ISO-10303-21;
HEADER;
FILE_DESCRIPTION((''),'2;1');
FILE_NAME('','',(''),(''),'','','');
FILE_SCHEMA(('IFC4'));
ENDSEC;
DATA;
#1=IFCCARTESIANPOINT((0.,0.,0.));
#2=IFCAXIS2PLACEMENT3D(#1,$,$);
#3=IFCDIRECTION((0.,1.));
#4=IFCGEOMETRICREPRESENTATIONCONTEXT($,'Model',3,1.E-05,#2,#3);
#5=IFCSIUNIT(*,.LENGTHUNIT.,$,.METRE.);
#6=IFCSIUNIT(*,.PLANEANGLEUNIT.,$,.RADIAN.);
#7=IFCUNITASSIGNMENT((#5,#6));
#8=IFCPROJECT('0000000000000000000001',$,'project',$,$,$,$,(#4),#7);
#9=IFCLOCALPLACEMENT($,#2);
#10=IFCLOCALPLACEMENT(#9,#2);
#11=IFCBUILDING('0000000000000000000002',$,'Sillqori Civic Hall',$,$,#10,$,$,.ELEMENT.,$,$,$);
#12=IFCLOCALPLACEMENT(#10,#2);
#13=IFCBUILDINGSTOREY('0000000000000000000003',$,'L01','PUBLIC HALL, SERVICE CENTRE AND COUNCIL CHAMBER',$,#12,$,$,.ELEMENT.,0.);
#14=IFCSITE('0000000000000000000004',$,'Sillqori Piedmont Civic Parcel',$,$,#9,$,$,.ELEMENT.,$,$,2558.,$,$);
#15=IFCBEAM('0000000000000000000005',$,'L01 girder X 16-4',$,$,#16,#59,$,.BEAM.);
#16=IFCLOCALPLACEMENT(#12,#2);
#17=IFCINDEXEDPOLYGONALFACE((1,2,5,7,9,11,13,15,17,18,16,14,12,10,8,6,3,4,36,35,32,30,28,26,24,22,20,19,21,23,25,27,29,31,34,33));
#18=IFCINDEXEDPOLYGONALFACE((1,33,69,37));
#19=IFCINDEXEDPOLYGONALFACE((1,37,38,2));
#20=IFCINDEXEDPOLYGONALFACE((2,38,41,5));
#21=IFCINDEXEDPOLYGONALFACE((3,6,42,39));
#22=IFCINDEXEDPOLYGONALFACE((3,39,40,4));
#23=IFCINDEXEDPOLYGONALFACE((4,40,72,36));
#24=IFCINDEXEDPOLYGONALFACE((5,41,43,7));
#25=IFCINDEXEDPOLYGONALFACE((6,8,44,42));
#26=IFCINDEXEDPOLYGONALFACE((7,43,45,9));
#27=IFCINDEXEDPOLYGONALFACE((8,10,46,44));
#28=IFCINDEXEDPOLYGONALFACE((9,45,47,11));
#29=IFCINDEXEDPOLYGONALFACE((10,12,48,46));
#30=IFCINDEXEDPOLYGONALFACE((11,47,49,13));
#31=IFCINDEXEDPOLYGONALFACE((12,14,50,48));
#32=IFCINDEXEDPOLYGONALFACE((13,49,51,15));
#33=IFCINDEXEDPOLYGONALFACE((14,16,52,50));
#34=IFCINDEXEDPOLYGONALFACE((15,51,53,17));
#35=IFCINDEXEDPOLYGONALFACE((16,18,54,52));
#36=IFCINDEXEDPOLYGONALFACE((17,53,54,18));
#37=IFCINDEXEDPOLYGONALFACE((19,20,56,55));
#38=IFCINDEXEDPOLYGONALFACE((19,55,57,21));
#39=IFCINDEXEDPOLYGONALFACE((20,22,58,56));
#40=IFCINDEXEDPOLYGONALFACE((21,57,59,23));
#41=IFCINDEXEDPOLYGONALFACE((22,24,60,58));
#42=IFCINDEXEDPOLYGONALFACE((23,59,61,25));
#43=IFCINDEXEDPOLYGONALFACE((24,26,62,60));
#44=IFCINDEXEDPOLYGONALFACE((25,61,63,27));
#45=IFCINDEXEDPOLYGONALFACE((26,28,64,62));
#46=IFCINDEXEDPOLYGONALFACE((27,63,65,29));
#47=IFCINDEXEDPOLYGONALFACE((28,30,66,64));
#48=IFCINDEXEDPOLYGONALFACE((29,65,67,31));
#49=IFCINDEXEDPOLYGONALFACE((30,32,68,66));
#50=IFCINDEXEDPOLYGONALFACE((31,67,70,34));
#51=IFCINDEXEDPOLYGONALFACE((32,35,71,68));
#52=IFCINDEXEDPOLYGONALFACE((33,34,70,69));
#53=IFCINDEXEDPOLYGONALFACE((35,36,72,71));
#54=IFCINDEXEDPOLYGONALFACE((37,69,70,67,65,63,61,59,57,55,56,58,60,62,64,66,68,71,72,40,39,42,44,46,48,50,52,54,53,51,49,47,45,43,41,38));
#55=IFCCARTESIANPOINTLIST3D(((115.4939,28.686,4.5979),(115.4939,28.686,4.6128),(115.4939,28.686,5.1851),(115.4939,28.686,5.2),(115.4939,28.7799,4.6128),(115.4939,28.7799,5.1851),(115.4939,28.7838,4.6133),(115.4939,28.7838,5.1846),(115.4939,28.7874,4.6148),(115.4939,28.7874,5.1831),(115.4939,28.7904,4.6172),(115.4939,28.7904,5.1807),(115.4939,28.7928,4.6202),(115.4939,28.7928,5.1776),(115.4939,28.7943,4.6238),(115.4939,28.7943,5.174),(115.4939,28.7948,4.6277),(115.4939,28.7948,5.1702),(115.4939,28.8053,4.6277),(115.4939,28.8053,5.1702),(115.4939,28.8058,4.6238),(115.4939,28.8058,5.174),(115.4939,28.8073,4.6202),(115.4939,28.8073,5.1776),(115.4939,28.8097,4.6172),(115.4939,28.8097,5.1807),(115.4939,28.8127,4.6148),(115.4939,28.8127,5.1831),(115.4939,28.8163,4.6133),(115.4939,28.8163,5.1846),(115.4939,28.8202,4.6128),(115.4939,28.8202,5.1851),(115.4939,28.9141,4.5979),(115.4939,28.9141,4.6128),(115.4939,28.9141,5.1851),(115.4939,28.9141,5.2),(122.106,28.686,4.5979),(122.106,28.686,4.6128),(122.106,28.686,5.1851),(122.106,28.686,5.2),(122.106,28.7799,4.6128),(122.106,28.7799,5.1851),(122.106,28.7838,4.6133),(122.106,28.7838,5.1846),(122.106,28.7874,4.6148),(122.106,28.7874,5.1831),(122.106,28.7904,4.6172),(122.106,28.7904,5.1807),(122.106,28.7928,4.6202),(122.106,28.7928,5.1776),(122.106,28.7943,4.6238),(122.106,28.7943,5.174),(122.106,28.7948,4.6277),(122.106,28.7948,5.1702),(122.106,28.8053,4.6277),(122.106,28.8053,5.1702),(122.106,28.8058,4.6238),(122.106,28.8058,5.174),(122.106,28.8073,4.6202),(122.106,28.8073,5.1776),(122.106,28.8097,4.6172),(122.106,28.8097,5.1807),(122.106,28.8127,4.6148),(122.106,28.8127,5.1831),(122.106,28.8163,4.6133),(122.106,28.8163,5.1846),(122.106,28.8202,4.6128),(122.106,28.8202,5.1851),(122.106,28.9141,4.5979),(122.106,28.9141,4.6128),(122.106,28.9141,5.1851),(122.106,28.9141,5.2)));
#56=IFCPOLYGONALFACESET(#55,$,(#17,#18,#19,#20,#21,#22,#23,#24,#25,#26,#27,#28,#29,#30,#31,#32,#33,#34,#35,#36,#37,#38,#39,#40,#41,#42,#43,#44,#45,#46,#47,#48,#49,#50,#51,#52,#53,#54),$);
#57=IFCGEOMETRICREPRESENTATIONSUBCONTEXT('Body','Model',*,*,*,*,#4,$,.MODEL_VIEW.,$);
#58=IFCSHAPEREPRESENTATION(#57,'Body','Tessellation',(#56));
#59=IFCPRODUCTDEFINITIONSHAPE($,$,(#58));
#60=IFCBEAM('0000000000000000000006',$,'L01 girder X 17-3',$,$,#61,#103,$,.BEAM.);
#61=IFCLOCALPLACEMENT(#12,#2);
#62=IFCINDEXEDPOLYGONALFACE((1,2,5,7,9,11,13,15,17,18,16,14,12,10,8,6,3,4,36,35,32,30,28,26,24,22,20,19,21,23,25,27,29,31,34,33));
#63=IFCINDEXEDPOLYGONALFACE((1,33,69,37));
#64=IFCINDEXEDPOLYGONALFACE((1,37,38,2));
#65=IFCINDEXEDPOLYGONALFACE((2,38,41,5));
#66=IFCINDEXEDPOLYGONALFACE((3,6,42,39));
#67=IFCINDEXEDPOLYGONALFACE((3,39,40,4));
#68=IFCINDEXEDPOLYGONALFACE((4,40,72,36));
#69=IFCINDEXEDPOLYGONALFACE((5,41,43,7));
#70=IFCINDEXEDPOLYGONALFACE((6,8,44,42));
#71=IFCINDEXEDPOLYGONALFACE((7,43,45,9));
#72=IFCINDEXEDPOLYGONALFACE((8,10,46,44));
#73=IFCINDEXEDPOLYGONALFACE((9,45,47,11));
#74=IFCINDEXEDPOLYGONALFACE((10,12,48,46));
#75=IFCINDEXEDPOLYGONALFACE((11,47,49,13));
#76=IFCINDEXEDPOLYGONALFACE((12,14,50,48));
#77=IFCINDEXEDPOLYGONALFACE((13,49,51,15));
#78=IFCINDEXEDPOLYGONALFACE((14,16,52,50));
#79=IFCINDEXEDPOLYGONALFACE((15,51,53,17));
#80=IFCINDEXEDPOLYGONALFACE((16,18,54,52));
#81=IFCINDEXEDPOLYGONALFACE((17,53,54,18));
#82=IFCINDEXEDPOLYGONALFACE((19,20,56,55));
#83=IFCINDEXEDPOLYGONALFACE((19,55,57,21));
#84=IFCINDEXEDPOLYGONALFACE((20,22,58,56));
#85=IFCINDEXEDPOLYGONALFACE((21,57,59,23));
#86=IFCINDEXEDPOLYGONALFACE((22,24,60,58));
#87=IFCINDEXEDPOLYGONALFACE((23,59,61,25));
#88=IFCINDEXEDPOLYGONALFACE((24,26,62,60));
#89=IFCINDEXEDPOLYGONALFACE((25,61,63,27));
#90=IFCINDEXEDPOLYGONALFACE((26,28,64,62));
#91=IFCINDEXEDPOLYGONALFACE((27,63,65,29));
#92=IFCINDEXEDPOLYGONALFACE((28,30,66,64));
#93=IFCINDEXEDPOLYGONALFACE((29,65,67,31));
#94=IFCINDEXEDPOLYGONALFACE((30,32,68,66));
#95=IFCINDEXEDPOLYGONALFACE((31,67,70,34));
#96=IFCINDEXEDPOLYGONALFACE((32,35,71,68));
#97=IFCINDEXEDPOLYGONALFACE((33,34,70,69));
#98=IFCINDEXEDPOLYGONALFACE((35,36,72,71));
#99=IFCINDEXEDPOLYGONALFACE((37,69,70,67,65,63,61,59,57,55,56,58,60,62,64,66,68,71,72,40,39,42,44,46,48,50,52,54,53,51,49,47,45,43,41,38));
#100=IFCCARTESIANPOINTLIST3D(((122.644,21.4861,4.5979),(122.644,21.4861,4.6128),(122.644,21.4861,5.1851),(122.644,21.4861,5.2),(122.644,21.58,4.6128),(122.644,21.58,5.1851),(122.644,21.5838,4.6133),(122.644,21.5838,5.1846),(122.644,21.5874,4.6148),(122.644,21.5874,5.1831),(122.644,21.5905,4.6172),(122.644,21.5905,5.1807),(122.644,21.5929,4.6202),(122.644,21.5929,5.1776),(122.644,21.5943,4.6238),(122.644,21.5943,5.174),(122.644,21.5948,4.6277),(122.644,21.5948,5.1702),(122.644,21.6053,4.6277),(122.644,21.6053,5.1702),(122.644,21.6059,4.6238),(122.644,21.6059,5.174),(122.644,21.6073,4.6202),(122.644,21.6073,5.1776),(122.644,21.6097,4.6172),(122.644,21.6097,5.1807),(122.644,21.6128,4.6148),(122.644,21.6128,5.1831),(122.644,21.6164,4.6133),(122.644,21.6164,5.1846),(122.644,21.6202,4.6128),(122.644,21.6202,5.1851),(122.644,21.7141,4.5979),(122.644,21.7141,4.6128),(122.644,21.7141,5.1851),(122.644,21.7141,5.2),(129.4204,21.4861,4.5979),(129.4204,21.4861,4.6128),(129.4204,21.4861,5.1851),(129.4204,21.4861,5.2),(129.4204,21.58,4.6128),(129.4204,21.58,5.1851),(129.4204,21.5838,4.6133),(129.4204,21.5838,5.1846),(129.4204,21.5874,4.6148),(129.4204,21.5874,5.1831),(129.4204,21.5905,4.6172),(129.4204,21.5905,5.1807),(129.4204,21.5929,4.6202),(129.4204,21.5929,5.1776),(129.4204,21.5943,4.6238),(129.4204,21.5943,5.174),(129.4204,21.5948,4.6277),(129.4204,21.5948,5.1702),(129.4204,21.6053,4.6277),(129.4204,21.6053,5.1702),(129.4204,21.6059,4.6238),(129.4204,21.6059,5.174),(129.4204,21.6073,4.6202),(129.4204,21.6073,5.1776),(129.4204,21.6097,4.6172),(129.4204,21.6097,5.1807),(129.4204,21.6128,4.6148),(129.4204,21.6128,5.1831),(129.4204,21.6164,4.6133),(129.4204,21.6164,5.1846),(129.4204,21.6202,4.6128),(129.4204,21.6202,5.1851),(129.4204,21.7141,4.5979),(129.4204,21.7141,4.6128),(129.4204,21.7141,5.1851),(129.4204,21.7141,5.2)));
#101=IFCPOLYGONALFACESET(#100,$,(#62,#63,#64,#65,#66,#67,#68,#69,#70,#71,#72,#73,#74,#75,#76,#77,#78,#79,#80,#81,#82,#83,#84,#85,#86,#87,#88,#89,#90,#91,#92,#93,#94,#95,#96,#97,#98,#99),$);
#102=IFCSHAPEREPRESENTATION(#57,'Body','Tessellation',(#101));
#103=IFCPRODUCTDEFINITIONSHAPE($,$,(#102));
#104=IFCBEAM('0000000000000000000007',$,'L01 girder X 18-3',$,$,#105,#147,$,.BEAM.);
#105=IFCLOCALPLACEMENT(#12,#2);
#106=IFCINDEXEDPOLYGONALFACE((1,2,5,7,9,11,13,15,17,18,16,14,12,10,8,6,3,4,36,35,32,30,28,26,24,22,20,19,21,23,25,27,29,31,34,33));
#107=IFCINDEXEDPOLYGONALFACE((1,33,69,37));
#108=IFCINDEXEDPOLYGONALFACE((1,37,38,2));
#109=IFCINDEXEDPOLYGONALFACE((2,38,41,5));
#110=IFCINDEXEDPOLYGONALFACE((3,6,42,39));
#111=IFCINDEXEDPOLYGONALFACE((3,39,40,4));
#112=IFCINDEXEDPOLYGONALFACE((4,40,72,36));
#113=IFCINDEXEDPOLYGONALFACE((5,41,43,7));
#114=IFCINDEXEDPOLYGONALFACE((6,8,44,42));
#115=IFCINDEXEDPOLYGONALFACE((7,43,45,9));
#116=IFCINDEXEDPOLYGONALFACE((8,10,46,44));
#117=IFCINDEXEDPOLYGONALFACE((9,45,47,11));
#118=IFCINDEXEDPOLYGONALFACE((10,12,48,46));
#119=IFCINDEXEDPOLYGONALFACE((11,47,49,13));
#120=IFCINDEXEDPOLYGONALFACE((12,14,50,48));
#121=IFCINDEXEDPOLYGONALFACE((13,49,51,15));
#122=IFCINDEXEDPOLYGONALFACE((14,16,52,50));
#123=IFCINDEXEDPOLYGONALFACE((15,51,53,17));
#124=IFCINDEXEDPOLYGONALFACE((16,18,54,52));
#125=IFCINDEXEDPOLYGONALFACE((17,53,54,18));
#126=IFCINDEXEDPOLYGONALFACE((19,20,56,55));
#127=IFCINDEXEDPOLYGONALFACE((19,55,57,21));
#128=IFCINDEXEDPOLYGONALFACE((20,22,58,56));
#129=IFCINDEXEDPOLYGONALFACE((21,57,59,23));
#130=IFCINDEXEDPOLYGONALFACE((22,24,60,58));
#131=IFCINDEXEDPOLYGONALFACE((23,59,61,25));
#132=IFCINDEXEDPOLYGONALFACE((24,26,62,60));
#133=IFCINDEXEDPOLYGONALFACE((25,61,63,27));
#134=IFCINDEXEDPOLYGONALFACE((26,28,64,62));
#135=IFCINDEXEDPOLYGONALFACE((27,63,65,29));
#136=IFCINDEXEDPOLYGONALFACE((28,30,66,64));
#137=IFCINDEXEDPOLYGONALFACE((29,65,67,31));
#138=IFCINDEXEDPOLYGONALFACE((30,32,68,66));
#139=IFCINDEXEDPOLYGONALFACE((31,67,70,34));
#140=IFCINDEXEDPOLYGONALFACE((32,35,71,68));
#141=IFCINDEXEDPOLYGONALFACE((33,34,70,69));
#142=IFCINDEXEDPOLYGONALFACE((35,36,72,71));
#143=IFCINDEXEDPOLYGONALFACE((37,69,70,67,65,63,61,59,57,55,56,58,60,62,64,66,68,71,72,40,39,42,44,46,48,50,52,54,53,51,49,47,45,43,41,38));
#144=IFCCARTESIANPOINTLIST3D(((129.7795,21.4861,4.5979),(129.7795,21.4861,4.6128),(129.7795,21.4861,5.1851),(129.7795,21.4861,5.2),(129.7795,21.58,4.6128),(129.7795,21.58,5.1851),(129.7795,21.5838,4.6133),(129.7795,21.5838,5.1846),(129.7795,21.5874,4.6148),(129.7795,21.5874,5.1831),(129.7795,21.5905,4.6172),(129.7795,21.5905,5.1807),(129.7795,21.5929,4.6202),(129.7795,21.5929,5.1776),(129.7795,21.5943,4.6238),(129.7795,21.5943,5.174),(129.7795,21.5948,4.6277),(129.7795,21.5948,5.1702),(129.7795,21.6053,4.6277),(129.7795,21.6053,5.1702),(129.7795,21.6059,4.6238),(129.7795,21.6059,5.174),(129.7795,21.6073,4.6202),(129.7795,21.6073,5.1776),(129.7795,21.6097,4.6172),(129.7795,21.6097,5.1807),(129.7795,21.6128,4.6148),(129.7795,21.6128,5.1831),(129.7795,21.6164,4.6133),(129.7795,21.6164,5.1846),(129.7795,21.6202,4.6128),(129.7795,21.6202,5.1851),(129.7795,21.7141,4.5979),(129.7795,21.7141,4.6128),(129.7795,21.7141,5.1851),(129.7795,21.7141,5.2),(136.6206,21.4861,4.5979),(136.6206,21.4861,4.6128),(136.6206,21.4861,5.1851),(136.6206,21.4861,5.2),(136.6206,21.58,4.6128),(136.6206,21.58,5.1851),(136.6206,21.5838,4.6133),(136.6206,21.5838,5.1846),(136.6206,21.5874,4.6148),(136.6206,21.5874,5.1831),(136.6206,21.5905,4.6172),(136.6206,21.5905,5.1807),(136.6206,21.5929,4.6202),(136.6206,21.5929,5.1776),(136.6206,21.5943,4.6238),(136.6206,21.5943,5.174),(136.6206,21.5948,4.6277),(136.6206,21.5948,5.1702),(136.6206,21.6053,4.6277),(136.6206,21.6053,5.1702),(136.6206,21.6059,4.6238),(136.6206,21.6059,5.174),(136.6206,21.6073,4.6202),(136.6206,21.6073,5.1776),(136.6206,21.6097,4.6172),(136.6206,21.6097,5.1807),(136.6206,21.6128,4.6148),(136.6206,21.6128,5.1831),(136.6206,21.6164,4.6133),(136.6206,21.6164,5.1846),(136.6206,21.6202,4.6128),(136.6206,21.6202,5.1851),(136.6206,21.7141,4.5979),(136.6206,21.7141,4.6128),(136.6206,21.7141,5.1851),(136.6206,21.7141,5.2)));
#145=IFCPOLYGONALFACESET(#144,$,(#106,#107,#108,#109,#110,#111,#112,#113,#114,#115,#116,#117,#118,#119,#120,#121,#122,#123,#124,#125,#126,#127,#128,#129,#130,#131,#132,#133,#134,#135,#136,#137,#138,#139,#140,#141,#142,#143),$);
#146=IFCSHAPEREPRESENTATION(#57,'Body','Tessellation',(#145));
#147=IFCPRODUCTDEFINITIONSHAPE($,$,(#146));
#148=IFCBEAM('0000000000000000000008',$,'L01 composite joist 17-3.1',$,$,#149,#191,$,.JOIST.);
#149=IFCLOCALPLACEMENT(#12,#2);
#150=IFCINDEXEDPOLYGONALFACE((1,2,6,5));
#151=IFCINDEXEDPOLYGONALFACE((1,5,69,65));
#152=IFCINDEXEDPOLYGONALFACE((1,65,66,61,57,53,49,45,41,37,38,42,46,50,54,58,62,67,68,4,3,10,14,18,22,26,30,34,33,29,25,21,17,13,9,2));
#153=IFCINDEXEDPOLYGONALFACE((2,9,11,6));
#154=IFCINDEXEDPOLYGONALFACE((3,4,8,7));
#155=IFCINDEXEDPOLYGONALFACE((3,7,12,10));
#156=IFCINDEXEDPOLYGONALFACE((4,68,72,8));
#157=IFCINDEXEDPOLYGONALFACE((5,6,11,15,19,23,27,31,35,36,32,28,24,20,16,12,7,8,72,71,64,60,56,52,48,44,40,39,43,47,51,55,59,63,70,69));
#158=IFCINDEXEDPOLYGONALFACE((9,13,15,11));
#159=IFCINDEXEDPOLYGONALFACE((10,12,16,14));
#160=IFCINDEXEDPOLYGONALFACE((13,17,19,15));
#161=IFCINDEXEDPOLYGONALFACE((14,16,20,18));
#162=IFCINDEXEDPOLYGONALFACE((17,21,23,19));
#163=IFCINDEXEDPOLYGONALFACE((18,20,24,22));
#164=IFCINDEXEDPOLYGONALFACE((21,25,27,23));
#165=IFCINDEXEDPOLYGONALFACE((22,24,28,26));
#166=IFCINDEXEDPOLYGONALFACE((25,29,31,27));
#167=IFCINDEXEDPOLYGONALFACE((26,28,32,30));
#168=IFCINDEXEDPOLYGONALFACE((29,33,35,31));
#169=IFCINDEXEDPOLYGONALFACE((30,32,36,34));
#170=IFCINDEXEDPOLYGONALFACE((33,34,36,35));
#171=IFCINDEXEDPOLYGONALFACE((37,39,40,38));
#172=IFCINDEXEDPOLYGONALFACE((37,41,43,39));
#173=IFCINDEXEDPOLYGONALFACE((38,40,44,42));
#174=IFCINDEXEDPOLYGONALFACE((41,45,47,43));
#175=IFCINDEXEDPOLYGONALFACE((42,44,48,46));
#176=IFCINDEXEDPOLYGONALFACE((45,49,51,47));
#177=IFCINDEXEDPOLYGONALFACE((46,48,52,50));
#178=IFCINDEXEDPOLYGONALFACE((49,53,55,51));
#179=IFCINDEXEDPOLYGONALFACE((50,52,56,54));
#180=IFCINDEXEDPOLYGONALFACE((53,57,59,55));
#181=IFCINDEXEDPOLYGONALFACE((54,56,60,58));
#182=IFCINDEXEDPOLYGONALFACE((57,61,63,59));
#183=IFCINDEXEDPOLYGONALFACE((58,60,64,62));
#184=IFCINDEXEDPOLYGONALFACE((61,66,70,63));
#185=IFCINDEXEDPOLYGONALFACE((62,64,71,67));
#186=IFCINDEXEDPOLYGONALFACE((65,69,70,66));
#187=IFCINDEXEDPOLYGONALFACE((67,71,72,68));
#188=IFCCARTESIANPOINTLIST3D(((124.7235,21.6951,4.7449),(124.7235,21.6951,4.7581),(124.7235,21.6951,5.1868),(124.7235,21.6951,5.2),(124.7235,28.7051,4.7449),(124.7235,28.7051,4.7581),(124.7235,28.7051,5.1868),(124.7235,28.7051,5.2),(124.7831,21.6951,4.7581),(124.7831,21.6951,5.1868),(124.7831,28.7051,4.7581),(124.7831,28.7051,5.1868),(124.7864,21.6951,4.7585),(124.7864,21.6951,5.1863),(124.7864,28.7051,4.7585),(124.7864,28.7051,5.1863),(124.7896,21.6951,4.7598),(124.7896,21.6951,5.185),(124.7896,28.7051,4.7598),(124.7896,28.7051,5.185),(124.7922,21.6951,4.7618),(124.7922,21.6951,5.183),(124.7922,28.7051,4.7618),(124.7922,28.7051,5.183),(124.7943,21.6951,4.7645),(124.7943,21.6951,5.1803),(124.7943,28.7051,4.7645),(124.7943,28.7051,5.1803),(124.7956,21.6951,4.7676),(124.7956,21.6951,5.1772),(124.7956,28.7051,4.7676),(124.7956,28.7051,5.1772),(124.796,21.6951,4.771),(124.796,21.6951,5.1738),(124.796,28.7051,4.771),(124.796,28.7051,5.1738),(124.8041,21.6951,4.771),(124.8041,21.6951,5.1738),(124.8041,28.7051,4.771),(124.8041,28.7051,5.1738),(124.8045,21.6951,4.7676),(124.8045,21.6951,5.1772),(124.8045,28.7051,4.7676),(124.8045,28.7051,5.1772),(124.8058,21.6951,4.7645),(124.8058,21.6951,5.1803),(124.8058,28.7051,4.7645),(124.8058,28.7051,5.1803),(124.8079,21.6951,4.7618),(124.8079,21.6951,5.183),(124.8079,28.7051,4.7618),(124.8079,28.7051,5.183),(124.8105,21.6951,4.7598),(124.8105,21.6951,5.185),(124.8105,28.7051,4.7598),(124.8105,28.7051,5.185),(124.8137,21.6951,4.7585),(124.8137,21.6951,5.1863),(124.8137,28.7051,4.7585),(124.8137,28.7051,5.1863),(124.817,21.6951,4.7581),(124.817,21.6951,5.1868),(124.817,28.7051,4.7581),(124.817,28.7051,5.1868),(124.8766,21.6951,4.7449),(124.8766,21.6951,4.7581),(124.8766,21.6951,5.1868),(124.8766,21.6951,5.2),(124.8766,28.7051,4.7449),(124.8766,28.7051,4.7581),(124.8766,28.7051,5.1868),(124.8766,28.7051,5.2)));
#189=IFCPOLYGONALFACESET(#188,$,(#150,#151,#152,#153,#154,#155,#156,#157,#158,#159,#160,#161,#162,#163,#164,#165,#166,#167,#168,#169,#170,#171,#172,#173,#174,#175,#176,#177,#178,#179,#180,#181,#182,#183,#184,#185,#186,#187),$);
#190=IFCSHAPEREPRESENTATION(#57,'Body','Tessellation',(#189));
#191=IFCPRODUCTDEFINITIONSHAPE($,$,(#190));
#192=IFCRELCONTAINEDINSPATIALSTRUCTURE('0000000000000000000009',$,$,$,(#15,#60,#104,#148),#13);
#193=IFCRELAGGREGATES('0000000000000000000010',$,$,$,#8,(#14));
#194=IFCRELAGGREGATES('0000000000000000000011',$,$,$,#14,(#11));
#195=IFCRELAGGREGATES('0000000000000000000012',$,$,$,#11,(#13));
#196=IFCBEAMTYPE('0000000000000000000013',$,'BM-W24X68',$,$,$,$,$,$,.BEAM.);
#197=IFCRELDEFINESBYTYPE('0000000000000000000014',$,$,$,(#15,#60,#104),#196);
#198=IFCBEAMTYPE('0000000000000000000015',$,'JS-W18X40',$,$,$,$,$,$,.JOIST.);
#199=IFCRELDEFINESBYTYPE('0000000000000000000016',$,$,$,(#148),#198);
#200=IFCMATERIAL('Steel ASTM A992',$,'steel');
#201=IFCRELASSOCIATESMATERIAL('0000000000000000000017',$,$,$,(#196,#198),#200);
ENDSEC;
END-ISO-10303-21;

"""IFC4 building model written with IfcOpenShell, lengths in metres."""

from ifc_helpers import new_model, si_unit, direction, frame, origin, origin_2d, place, context, subcontext, project, spatial, i_section, extrude, material, material_profile, profile_set, type_object, element, save


model = new_model("IFC4")

# Units and contexts
model_context = context("Model", 3, precision=1e-05, world=origin(), true_north=direction((0.0, 1.0)))
body_context = subcontext(model_context, "Body", "Model", "MODEL_VIEW")
ifc_project = project(units=[si_unit("LENGTHUNIT", "METRE"), si_unit("PLANEANGLEUNIT", "RADIAN")], contexts=[model_context])

# Site, building, storey
site_placement = place(None, origin())
site = spatial("IfcSite", under=ifc_project, at=site_placement, Name="Sillqori Piedmont Civic Parcel", CompositionType="ELEMENT", RefElevation=2558.0)
building_placement = place(site_placement, origin())
building = spatial("IfcBuilding", under=site, at=building_placement, Name="Sillqori Civic Hall", CompositionType="ELEMENT")
storey_placement = place(building_placement, origin())
storey = spatial("IfcBuildingStorey", under=building, at=storey_placement, Name="L01", Description="PUBLIC HALL, SERVICE CENTRE AND COUNCIL CHAMBER", CompositionType="ELEMENT", Elevation=0.0)

# Shared definitions
ifc_material_1 = material(Name="Steel ASTM A992", Category="steel")

# Beams
ifc_material_profile_1 = material_profile(ifc_material_1, i_section(OverallWidth=0.228, OverallDepth=0.6021, WebThickness=0.0105, FlangeThickness=0.0149, FilletRadius=0.0149, at=origin_2d()), Name="W24X68")
ifc_profile_set_1 = profile_set([ifc_material_profile_1], Name="Steel ASTM A992")
beam_type_1 = type_object("IfcBeamType", Name="BM-W24X68", PredefinedType="BEAM", material=ifc_profile_set_1)
beam_1_placement = place(storey_placement, frame((115.4939, 28.8, 4.8989), z_axis=(1.0, 0.0, 0.0), x_axis=(0.0, 1.0, 0.0)))
element("IfcBeam", 1, at=beam_1_placement, inside=storey, type_object=beam_type_1, Name="L01 girder X 16-4", PredefinedType="BEAM", context=body_context, shape_type="SweptSolid", body=[
    extrude(i_section(OverallWidth=0.228, OverallDepth=0.6021, WebThickness=0.0105, FlangeThickness=0.0149, FilletRadius=0.0149, at=origin_2d()), origin(), (0.0, 0.0, 1.0), 6.6121),
])
beam_2_placement = place(storey_placement, frame((122.644, 21.6001, 4.8989), z_axis=(1.0, 0.0, 0.0), x_axis=(0.0, 1.0, 0.0)))
element("IfcBeam", 2, at=beam_2_placement, inside=storey, type_object=beam_type_1, Name="L01 girder X 17-3", PredefinedType="BEAM", context=body_context, shape_type="SweptSolid", body=[
    extrude(i_section(OverallWidth=0.228, OverallDepth=0.6021, WebThickness=0.0105, FlangeThickness=0.0149, FilletRadius=0.0149, at=origin_2d()), origin(), (0.0, 0.0, 1.0), 6.7764),
])
beam_3_placement = place(storey_placement, frame((129.7795, 21.6001, 4.8989), z_axis=(1.0, 0.0, 0.0), x_axis=(0.0, 1.0, 0.0)))
element("IfcBeam", 3, at=beam_3_placement, inside=storey, type_object=beam_type_1, Name="L01 girder X 18-3", PredefinedType="BEAM", context=body_context, shape_type="SweptSolid", body=[
    extrude(i_section(OverallWidth=0.228, OverallDepth=0.6021, WebThickness=0.0105, FlangeThickness=0.0149, FilletRadius=0.0149, at=origin_2d()), origin(), (0.0, 0.0, 1.0), 6.8411),
])
ifc_material_profile_2 = material_profile(ifc_material_1, i_section(OverallWidth=0.1531, OverallDepth=0.4551, WebThickness=0.0081, FlangeThickness=0.0132, FilletRadius=0.0129, at=origin_2d()), Name="W18X40")
ifc_profile_set_2 = profile_set([ifc_material_profile_2], Name="Steel ASTM A992")
beam_type_2 = type_object("IfcBeamType", Name="JS-W18X40", PredefinedType="JOIST", material=ifc_profile_set_2)
for number, where, z_axis, x_axis, name in (
    (4, (124.8, 21.6951, 4.9724), (0.0, 1.0, 0.0), (-1.0, 0.0, 0.0), "L01 composite joist 17-3.1"),
):
    element("IfcBeam", number, at=place(storey_placement, frame(where, z_axis=z_axis, x_axis=x_axis)), inside=storey, type_object=beam_type_2, Name=name, PredefinedType="JOIST", context=body_context, shape_type="SweptSolid", body=[
        extrude(i_section(OverallWidth=0.1531, OverallDepth=0.4551, WebThickness=0.0081, FlangeThickness=0.0132, FilletRadius=0.0129, at=origin_2d()), origin(), (0.0, 0.0, 1.0), 7.01),
    ])

save(model, "model.ifc")
